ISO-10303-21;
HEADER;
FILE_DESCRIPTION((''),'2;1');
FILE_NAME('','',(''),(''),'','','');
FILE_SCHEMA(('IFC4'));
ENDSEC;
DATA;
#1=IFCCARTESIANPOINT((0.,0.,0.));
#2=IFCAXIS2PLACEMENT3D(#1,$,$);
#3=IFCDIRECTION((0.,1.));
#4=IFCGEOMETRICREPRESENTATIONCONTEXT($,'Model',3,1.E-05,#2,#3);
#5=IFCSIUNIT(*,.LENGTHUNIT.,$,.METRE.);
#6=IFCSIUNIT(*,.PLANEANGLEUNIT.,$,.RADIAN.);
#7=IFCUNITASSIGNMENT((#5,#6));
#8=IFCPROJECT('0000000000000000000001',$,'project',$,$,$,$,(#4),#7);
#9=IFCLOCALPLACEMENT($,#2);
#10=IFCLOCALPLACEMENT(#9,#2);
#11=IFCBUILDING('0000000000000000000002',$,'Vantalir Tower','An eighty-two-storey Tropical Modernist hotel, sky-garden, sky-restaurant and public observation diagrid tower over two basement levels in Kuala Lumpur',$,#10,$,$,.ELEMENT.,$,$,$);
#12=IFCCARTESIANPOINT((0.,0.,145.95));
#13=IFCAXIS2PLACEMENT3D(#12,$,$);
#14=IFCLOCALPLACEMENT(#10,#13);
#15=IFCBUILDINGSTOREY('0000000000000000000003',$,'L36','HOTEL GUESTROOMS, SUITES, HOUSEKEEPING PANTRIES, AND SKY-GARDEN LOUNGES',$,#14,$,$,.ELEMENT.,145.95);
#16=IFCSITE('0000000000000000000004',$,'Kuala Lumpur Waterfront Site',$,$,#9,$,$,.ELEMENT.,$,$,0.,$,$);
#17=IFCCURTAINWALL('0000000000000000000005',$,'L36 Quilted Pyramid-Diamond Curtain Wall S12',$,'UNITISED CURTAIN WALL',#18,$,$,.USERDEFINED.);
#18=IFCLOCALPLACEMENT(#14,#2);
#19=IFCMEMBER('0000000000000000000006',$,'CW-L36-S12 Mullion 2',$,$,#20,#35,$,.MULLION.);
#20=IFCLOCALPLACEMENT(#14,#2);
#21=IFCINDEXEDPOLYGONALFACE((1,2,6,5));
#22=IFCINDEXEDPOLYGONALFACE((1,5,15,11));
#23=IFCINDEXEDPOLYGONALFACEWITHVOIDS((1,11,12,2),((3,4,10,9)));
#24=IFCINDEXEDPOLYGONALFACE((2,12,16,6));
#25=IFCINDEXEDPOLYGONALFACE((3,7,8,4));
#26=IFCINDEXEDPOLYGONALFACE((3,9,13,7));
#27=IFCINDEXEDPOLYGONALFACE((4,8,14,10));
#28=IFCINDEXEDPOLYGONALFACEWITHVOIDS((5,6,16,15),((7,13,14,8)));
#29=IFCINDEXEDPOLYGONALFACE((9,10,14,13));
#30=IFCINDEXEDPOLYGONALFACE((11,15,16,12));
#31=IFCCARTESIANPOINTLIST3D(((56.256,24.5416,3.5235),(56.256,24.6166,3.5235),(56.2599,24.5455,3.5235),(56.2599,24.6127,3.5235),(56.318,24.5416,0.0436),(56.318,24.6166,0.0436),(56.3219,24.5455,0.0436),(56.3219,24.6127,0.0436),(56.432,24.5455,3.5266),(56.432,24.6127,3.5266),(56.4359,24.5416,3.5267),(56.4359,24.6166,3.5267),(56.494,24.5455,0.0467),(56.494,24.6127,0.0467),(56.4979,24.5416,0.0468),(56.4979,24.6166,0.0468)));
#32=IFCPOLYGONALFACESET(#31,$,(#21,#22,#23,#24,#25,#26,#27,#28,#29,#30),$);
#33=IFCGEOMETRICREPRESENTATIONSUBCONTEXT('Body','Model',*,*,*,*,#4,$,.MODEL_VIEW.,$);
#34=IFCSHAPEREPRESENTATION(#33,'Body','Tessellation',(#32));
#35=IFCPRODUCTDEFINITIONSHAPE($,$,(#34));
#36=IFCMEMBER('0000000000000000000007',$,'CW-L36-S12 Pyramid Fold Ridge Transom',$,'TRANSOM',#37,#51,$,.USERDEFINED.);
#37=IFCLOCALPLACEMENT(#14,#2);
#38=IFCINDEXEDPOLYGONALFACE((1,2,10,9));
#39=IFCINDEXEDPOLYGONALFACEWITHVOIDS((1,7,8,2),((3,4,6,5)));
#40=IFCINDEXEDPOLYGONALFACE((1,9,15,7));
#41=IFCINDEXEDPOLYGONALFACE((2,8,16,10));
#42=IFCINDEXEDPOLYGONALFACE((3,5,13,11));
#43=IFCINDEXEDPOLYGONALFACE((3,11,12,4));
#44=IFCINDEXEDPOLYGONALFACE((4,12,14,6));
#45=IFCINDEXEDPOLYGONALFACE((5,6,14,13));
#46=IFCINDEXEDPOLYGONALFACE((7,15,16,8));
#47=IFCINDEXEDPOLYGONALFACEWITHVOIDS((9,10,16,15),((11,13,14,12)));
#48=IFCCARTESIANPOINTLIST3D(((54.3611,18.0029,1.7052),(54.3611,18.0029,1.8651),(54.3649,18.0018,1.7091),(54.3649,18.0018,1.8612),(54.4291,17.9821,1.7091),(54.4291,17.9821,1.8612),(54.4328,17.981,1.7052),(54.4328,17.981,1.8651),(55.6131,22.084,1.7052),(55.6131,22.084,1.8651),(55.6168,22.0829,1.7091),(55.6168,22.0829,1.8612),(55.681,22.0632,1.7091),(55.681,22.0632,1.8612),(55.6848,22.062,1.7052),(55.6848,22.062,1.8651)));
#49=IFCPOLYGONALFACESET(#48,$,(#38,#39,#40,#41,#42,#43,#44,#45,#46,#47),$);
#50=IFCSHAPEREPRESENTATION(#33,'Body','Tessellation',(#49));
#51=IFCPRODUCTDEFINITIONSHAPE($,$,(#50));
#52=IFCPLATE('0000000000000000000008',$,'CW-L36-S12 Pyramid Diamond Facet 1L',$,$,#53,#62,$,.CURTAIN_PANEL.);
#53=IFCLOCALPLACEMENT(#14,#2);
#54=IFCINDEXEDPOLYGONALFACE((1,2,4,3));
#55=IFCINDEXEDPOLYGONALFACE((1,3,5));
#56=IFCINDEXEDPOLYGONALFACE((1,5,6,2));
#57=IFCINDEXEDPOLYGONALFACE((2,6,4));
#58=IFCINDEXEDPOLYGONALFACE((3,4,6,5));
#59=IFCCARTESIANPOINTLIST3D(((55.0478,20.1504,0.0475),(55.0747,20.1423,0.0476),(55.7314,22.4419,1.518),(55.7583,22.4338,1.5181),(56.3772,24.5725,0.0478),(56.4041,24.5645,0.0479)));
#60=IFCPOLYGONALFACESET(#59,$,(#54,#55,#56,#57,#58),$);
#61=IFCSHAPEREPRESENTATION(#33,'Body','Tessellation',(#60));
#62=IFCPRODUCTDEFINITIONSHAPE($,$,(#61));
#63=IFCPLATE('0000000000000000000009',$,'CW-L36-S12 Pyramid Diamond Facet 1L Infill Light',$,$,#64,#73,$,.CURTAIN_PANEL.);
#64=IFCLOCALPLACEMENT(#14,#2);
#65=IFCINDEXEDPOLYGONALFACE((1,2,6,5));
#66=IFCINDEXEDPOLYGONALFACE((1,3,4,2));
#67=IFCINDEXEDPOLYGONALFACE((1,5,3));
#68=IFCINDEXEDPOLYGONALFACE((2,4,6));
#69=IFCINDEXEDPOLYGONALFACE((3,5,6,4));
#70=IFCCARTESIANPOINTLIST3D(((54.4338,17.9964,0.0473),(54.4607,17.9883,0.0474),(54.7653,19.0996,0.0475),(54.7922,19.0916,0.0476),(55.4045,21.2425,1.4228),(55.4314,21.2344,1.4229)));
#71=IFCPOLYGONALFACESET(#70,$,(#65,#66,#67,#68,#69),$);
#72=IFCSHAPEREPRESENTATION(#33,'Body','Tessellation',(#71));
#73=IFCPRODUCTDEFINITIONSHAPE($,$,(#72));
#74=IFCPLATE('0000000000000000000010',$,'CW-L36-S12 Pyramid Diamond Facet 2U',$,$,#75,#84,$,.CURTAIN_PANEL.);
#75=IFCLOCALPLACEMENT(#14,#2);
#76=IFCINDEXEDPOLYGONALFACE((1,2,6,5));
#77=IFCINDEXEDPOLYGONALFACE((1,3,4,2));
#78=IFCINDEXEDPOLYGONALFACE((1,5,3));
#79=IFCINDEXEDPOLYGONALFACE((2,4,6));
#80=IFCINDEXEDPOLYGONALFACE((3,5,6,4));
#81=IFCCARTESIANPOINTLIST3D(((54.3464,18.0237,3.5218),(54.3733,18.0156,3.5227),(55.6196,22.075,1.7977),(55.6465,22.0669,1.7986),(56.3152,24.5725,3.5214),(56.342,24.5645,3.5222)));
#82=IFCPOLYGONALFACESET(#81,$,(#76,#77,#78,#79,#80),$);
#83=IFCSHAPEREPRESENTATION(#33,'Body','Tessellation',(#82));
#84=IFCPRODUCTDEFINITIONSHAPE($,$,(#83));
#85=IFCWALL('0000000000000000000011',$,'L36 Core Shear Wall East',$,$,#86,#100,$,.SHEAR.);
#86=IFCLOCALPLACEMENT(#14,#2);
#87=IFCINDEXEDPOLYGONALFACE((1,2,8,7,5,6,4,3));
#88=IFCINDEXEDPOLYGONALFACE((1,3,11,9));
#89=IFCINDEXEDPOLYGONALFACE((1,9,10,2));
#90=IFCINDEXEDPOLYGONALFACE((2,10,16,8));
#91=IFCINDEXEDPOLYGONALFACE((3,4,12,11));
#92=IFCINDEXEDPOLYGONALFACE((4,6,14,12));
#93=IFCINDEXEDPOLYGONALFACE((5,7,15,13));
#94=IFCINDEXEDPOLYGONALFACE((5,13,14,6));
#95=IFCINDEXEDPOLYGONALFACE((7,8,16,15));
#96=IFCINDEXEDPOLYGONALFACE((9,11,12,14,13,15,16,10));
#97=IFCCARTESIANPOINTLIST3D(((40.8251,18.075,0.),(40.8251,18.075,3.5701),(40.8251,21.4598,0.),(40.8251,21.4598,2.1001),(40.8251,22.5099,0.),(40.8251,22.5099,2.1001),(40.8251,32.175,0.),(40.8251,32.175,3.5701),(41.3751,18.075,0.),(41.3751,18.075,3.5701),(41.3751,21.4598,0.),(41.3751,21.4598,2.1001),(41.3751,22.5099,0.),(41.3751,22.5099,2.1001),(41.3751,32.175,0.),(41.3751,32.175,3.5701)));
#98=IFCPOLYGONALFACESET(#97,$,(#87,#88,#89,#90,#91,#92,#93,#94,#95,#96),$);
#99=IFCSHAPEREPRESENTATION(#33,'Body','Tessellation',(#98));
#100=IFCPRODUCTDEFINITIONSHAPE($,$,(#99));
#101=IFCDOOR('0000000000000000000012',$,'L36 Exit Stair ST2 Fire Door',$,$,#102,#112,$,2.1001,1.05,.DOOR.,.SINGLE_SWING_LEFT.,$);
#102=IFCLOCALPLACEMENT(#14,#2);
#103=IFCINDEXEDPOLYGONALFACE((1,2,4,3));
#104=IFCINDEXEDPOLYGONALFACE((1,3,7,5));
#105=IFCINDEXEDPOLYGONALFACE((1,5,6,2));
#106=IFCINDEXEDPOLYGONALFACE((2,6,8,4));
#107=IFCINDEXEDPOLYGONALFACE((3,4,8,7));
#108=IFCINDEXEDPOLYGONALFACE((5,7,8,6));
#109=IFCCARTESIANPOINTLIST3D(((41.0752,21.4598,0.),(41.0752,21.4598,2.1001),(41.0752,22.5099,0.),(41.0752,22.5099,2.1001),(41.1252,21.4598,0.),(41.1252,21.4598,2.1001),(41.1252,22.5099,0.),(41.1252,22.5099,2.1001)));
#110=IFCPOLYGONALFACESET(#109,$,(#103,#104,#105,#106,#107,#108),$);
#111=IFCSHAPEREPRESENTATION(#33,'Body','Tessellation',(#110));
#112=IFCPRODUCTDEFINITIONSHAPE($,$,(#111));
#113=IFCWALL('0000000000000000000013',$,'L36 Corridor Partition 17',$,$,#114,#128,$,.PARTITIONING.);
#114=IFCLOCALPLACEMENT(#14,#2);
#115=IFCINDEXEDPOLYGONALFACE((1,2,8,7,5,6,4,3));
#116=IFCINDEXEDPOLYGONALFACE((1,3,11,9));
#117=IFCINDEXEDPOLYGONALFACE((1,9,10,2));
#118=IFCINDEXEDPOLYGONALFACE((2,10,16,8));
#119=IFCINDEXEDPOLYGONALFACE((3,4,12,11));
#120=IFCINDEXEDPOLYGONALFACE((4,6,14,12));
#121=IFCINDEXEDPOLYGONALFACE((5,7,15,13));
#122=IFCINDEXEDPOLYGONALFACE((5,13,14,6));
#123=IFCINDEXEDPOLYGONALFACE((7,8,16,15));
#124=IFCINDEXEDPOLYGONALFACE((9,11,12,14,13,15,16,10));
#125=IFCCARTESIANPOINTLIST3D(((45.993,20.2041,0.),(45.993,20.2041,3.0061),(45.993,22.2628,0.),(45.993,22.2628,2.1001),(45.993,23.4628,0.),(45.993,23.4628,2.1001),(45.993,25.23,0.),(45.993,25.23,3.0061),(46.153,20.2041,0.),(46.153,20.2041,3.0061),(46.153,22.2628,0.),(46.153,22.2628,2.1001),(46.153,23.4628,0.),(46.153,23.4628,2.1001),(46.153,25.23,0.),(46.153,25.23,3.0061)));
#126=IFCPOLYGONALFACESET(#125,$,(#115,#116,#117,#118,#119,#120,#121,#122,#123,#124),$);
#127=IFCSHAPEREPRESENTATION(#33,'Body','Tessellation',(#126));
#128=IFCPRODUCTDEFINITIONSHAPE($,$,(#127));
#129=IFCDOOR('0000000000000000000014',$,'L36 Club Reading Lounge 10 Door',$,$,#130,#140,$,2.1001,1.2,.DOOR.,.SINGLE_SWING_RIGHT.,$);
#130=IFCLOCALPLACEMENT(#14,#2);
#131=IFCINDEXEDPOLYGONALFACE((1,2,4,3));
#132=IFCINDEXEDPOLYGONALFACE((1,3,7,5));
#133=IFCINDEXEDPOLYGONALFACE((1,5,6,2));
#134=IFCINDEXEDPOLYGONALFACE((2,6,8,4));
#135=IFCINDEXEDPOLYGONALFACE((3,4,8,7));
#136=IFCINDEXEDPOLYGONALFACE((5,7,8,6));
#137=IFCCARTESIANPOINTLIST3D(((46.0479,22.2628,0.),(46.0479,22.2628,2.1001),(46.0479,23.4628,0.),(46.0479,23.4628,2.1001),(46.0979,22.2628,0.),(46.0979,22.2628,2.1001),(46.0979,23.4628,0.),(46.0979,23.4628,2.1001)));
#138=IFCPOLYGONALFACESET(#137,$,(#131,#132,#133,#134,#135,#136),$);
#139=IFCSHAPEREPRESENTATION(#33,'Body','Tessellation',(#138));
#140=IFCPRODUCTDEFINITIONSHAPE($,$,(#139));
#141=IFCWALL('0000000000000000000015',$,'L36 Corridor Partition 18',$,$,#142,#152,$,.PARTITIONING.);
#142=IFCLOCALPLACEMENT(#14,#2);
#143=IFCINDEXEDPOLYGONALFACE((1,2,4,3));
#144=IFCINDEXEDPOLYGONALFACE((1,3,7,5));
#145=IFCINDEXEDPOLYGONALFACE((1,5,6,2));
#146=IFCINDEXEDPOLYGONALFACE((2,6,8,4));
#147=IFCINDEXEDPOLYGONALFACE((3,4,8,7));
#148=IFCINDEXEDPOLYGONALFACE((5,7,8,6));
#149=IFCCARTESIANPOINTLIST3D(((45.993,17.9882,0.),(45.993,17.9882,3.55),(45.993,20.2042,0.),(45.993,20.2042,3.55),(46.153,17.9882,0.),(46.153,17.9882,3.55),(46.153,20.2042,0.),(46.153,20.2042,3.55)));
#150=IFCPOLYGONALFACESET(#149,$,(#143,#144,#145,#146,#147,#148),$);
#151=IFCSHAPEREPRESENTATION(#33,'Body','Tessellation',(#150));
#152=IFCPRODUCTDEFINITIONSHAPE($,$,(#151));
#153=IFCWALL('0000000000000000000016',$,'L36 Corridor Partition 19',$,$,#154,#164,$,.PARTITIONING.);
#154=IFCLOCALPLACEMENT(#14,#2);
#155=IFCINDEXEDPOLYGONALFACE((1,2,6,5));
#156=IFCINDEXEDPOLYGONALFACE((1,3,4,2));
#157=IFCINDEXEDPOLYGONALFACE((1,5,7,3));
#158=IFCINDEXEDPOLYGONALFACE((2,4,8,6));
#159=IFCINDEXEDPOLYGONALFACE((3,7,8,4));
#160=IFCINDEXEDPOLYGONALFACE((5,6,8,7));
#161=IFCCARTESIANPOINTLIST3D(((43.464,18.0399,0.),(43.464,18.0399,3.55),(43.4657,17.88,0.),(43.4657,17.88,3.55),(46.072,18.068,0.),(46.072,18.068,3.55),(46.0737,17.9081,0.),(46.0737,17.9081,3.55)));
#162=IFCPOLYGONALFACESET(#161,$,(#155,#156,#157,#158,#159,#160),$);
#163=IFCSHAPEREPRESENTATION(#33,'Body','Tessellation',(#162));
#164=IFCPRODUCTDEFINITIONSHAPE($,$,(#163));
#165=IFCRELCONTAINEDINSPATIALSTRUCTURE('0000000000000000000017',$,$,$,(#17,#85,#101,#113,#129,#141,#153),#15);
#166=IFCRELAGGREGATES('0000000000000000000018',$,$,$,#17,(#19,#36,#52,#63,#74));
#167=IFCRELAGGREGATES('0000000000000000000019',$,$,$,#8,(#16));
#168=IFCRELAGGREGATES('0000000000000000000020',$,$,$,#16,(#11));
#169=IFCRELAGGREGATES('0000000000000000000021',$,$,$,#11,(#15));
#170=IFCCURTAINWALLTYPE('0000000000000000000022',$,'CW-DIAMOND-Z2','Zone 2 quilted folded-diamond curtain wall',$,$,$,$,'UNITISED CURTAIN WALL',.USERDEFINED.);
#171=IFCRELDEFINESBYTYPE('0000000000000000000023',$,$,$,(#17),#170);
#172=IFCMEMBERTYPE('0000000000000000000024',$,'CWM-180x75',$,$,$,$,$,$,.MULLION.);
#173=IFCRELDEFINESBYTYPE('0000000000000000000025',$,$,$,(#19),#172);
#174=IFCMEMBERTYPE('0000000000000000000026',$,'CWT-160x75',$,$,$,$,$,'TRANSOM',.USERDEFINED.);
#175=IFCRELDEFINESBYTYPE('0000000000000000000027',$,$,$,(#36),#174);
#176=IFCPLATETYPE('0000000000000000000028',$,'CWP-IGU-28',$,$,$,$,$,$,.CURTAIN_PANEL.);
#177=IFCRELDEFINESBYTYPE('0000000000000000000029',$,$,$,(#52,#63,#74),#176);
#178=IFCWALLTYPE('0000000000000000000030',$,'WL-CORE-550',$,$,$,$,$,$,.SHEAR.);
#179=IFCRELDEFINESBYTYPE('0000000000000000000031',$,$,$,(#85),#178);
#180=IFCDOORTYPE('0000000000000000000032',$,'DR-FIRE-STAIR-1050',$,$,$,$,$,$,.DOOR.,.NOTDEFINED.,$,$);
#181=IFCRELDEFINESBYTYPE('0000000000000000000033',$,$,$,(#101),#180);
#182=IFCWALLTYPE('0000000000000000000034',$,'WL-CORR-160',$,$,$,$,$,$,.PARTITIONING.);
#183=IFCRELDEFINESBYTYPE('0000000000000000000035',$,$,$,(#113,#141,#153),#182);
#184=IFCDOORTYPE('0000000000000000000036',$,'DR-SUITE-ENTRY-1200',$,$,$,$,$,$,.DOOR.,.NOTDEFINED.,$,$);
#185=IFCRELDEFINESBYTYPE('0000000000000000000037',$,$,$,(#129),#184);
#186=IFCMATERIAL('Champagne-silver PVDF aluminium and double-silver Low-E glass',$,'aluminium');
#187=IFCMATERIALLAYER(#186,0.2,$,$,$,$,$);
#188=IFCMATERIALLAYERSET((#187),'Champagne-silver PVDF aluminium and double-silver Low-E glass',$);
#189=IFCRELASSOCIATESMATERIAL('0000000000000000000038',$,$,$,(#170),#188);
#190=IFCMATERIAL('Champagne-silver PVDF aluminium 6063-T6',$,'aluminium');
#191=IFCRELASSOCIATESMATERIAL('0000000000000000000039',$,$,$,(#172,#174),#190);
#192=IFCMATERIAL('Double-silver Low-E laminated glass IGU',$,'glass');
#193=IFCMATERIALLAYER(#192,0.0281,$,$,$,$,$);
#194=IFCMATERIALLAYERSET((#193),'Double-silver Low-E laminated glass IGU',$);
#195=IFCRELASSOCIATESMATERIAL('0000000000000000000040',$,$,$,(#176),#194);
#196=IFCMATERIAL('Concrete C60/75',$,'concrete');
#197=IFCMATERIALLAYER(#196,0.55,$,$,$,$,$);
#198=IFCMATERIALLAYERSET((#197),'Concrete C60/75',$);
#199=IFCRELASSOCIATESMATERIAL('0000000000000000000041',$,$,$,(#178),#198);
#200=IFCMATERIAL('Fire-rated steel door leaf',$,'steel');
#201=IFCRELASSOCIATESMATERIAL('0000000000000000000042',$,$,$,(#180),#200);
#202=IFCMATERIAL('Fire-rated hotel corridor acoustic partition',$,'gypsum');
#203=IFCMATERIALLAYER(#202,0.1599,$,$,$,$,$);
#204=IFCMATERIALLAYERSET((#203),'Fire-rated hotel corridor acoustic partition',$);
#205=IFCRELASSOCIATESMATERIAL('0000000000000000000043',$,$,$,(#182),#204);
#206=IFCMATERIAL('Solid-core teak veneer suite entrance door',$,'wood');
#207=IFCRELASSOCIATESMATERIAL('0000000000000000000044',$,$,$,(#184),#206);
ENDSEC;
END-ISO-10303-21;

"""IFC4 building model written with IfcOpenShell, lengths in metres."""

from ifc_helpers import new_model, si_unit, direction, frame, frame_2d, origin, origin_2d, place, context, subcontext, project, spatial, polyline, rectangle, hollow_rectangle, outline, extrude, material, layer, layer_set, material_profile, profile_set, type_object, element, fill, aggregate, save


model = new_model("IFC4")

# Units and contexts
model_context = context("Model", 3, precision=1e-05, world=origin(), true_north=direction((0.0, 1.0)))
body_context = subcontext(model_context, "Body", "Model", "MODEL_VIEW")
ifc_project = project(units=[si_unit("LENGTHUNIT", "METRE"), si_unit("PLANEANGLEUNIT", "RADIAN")], contexts=[model_context])

# Site, building, storey
site_placement = place(None, origin())
site = spatial("IfcSite", under=ifc_project, at=site_placement, Name="Kuala Lumpur Waterfront Site", CompositionType="ELEMENT", RefElevation=0.0)
building_placement = place(site_placement, origin())
building = spatial("IfcBuilding", under=site, at=building_placement, Name="Vantalir Tower", Description="An eighty-two-storey Tropical Modernist hotel, sky-garden, sky-restaurant and public observation diagrid tower over two basement levels in Kuala Lumpur", CompositionType="ELEMENT")
storey_placement = place(building_placement, frame((0.0, 0.0, 145.95)))
storey = spatial("IfcBuildingStorey", under=building, at=storey_placement, Name="L36", Description="HOTEL GUESTROOMS, SUITES, HOUSEKEEPING PANTRIES, AND SKY-GARDEN LOUNGES", CompositionType="ELEMENT", Elevation=145.95)

# Shared definitions
ifc_material_1 = material(Name="Concrete C60/75", Category="concrete")

# Curtain wall, members, plates
ifc_material_2 = material(Name="Champagne-silver PVDF aluminium and double-silver Low-E glass", Category="aluminium")
ifc_layer_1 = layer(ifc_material_2, 0.2)
ifc_layer_set_1 = layer_set([ifc_layer_1], Name="Champagne-silver PVDF aluminium and double-silver Low-E glass")
curtain_wall_type = type_object("IfcCurtainWallType", Name="CW-DIAMOND-Z2", Description="Zone 2 quilted folded-diamond curtain wall", ElementType="UNITISED CURTAIN WALL", PredefinedType="USERDEFINED", material=ifc_layer_set_1)
curtain_wall_placement = place(storey_placement, origin())
curtain_wall = element("IfcCurtainWall", 1, at=curtain_wall_placement, inside=storey, type_object=curtain_wall_type, Name="L36 Quilted Pyramid-Diamond Curtain Wall S12", ObjectType="UNITISED CURTAIN WALL", PredefinedType="USERDEFINED")
ifc_material_3 = material(Name="Champagne-silver PVDF aluminium 6063-T6", Category="aluminium")
ifc_material_profile_1 = material_profile(ifc_material_3, hollow_rectangle(XDim=0.075, YDim=0.1799, WallThickness=0.0039, at=origin_2d()), Name="Champagne-silver PVDF aluminium 6063-T6")
ifc_profile_set_1 = profile_set([ifc_material_profile_1], Name="Champagne-silver PVDF aluminium 6063-T6")
member_type_1 = type_object("IfcMemberType", Name="CWM-180x75", PredefinedType="MULLION", material=ifc_profile_set_1)
member_1_placement = place(storey_placement, frame((56.408, 24.5791, 0.0452), z_axis=(-0.017817, 0.0, 0.999841), x_axis=(0.0, -1.0, 0.0)))
member_1 = element("IfcMember", 2, at=member_1_placement, type_object=member_type_1, Name="CW-L36-S12 Mullion 2", PredefinedType="MULLION", context=body_context, shape_type="SweptSolid", body=[
    extrude(hollow_rectangle(XDim=0.075, YDim=0.1799, WallThickness=0.0039, at=origin_2d()), origin(), (0.0, 0.0, 1.0), 3.4805),
])
ifc_material_profile_2 = material_profile(ifc_material_3, hollow_rectangle(XDim=0.075, YDim=0.1599, WallThickness=0.0039, at=origin_2d()), Name="Champagne-silver PVDF aluminium 6063-T6")
ifc_profile_set_2 = profile_set([ifc_material_profile_2], Name="Champagne-silver PVDF aluminium 6063-T6")
member_type_2 = type_object("IfcMemberType", Name="CWT-160x75", ElementType="TRANSOM", PredefinedType="USERDEFINED", material=ifc_profile_set_2)
member_2_placement = place(storey_placement, frame((54.397, 17.9919, 1.7852), z_axis=(0.293282, 0.956026, 0.0), x_axis=(-0.956026, 0.293282, 0.0)))
member_2 = element("IfcMember", 3, at=member_2_placement, type_object=member_type_2, Name="CW-L36-S12 Pyramid Fold Ridge Transom", ObjectType="TRANSOM", PredefinedType="USERDEFINED", context=body_context, shape_type="SweptSolid", body=[
    extrude(hollow_rectangle(XDim=0.075, YDim=0.1599, WallThickness=0.0039, at=origin_2d()), origin(), (0.0, 0.0, 1.0), 4.2688),
])
ifc_material_4 = material(Name="Double-silver Low-E laminated glass IGU", Category="glass")
ifc_layer_2 = layer(ifc_material_4, 0.0281)
ifc_layer_set_2 = layer_set([ifc_layer_2], Name="Double-silver Low-E laminated glass IGU")
plate_type = type_object("IfcPlateType", Name="CWP-IGU-28", PredefinedType="CURTAIN_PANEL", material=ifc_layer_set_2)
plate_1_placement = place(storey_placement, frame((55.0747, 20.1423, 0.0476), z_axis=(0.957659, -0.287885, 0.003427), x_axis=(0.287886, 0.957665, 0.000053)))
plate_1 = element("IfcPlate", 4, at=plate_1_placement, type_object=plate_type, Name="CW-L36-S12 Pyramid Diamond Facet 1L", PredefinedType="CURTAIN_PANEL", context=body_context, shape_type="SweptSolid", body=[
    extrude(outline(polyline([(0.0, 0.0), (4.6176, 0.0), (2.3914, 1.4703), (0.0, 0.0)])), origin(), (0.0, 0.0, -1.0), 0.0281),
])
plate_2_placement = place(storey_placement, frame((54.4607, 17.9883, 0.0474), z_axis=(0.957687, -0.287794, 0.003328), x_axis=(0.287795, 0.957692, 0.000212)))
plate_2 = element("IfcPlate", 5, at=plate_2_placement, type_object=plate_type, Name="CW-L36-S12 Pyramid Diamond Facet 1L Infill Light", PredefinedType="CURTAIN_PANEL", context=body_context, shape_type="SweptSolid", body=[
    extrude(outline(polyline([(0.0, 0.0), (1.152, 0.0), (3.3884, 1.3748), (0.0, 0.0)])), origin(), (0.0, 0.0, -1.0), 0.0281),
])
plate_3_placement = place(storey_placement, frame((56.342, 24.5645, 3.5222), z_axis=(0.95721, -0.28776, 0.030693), x_axis=(-0.287898, -0.957661, 0.000071)))
plate_3 = element("IfcPlate", 6, at=plate_3_placement, type_object=plate_type, Name="CW-L36-S12 Pyramid Diamond Facet 2U", PredefinedType="CURTAIN_PANEL", context=body_context, shape_type="SweptSolid", body=[
    extrude(outline(polyline([(0.0, 0.0), (6.8384, 0.0), (2.5919, 1.7246), (0.0, 0.0)])), origin(), (0.0, 0.0, -1.0), 0.0281),
])
aggregate(curtain_wall, [member_1, member_2, plate_1, plate_2, plate_3])

# Walls, openings, doors
ifc_layer_3 = layer(ifc_material_1, 0.55)
ifc_layer_set_3 = layer_set([ifc_layer_3], Name="Concrete C60/75")
wall_type_1 = type_object("IfcWallType", Name="WL-CORE-550", PredefinedType="SHEAR", material=ifc_layer_set_3)
wall_1_placement = place(storey_placement, frame((41.1001, 18.075, 0.0), z_axis=(0.0, 0.0, 1.0), x_axis=(0.0, 1.0, 0.0)))
wall_1 = element("IfcWall", 7, at=wall_1_placement, inside=storey, type_object=wall_type_1, Name="L36 Core Shear Wall East", PredefinedType="SHEAR", context=body_context, shape_type="SweptSolid", body=[
    extrude(rectangle(XDim=14.1001, YDim=0.55, at=frame_2d((7.05, 0.0))), origin(), (0.0, 0.0, 1.0), 3.5701),
])
opening_1_placement = place(wall_1_placement, frame((3.385, 0.0, 0.0)))
opening_1 = element("IfcOpeningElement", 8, at=opening_1_placement, cuts=wall_1, PredefinedType="OPENING", context=body_context, shape_type="SweptSolid", body=[
    extrude(rectangle(XDim=1.05, YDim=2.1001, at=frame_2d((0.5249, 1.05))), frame((0.0, 0.2849, 0.0), z_axis=(0.0, -1.0, 0.0), x_axis=(1.0, 0.0, 0.0)), (0.0, 0.0, 1.0), 0.5701),
])
ifc_material_5 = material(Name="Fire-rated steel door leaf", Category="steel")
door_type_1 = type_object("IfcDoorType", Name="DR-FIRE-STAIR-1050", OperationType="NOTDEFINED", PredefinedType="DOOR", material=ifc_material_5)
door_1_placement = place(opening_1_placement, origin())
door_1 = element("IfcDoor", 9, at=door_1_placement, inside=storey, type_object=door_type_1, Name="L36 Exit Stair ST2 Fire Door", OperationType="SINGLE_SWING_LEFT", OverallHeight=2.1001, OverallWidth=1.05, PredefinedType="DOOR", context=body_context, shape_type="SweptSolid", body=[
    extrude(rectangle(XDim=1.05, YDim=2.1001, at=frame_2d((0.5249, 1.05))), frame((0.0, 0.0249, 0.0), z_axis=(0.0, -1.0, 0.0), x_axis=(1.0, 0.0, 0.0)), (0.0, 0.0, 1.0), 0.05),
])
fill(opening_1, door_1)
ifc_material_6 = material(Name="Fire-rated hotel corridor acoustic partition", Category="gypsum")
ifc_layer_4 = layer(ifc_material_6, 0.1599)
ifc_layer_set_4 = layer_set([ifc_layer_4], Name="Fire-rated hotel corridor acoustic partition")
wall_type_2 = type_object("IfcWallType", Name="WL-CORR-160", PredefinedType="PARTITIONING", material=ifc_layer_set_4)
wall_2_placement = place(storey_placement, frame((46.073, 25.23, 0.0), z_axis=(0.0, 0.0, 1.0), x_axis=(0.0, -1.0, 0.0)))
wall_2 = element("IfcWall", 10, at=wall_2_placement, inside=storey, type_object=wall_type_2, Name="L36 Corridor Partition 17", PredefinedType="PARTITIONING", context=body_context, shape_type="SweptSolid", body=[
    extrude(rectangle(XDim=5.0259, YDim=0.1599, at=frame_2d((2.5129, 0.0))), origin(), (0.0, 0.0, 1.0), 3.0061),
])
opening_2_placement = place(wall_2_placement, frame((1.7671, 0.0, 0.0)))
opening_2 = element("IfcOpeningElement", 11, at=opening_2_placement, cuts=wall_2, PredefinedType="OPENING", context=body_context, shape_type="SweptSolid", body=[
    extrude(rectangle(XDim=1.2, YDim=2.1001, at=frame_2d((0.6001, 1.05))), frame((0.0, 0.0898, 0.0), z_axis=(0.0, -1.0, 0.0), x_axis=(1.0, 0.0, 0.0)), (0.0, 0.0, 1.0), 0.1799),
])
ifc_material_7 = material(Name="Solid-core teak veneer suite entrance door", Category="wood")
door_type_2 = type_object("IfcDoorType", Name="DR-SUITE-ENTRY-1200", OperationType="NOTDEFINED", PredefinedType="DOOR", material=ifc_material_7)
door_2_placement = place(opening_2_placement, origin())
door_2 = element("IfcDoor", 12, at=door_2_placement, inside=storey, type_object=door_type_2, Name="L36 Club Reading Lounge 10 Door", OperationType="SINGLE_SWING_RIGHT", OverallHeight=2.1001, OverallWidth=1.2, PredefinedType="DOOR", context=body_context, shape_type="SweptSolid", body=[
    extrude(rectangle(XDim=1.2, YDim=2.1001, at=frame_2d((0.6001, 1.05))), frame((0.0, 0.0249, 0.0), z_axis=(0.0, -1.0, 0.0), x_axis=(1.0, 0.0, 0.0)), (0.0, 0.0, 1.0), 0.05),
])
fill(opening_2, door_2)

# Walls
wall_3_placement = place(storey_placement, frame((46.073, 20.2041, 0.0), z_axis=(0.0, 0.0, 1.0), x_axis=(0.0, -1.0, 0.0)))
element("IfcWall", 13, at=wall_3_placement, inside=storey, type_object=wall_type_2, Name="L36 Corridor Partition 18", PredefinedType="PARTITIONING", context=body_context, shape_type="SweptSolid", body=[
    extrude(rectangle(XDim=2.2161, YDim=0.1599, at=frame_2d((1.1079, 0.0))), origin(), (0.0, 0.0, 1.0), 3.55),
])
wall_4_placement = place(storey_placement, frame((46.073, 17.988, 0.0), z_axis=(0.0, 0.0, 1.0), x_axis=(-0.999942, -0.010765, 0.0)))
element("IfcWall", 14, at=wall_4_placement, inside=storey, type_object=wall_type_2, Name="L36 Corridor Partition 19", PredefinedType="PARTITIONING", context=body_context, shape_type="SweptSolid", body=[
    extrude(rectangle(XDim=2.6082, YDim=0.1599, at=frame_2d((1.3042, 0.0))), origin(), (0.0, 0.0, 1.0), 3.55),
])

save(model, "model.ifc")
